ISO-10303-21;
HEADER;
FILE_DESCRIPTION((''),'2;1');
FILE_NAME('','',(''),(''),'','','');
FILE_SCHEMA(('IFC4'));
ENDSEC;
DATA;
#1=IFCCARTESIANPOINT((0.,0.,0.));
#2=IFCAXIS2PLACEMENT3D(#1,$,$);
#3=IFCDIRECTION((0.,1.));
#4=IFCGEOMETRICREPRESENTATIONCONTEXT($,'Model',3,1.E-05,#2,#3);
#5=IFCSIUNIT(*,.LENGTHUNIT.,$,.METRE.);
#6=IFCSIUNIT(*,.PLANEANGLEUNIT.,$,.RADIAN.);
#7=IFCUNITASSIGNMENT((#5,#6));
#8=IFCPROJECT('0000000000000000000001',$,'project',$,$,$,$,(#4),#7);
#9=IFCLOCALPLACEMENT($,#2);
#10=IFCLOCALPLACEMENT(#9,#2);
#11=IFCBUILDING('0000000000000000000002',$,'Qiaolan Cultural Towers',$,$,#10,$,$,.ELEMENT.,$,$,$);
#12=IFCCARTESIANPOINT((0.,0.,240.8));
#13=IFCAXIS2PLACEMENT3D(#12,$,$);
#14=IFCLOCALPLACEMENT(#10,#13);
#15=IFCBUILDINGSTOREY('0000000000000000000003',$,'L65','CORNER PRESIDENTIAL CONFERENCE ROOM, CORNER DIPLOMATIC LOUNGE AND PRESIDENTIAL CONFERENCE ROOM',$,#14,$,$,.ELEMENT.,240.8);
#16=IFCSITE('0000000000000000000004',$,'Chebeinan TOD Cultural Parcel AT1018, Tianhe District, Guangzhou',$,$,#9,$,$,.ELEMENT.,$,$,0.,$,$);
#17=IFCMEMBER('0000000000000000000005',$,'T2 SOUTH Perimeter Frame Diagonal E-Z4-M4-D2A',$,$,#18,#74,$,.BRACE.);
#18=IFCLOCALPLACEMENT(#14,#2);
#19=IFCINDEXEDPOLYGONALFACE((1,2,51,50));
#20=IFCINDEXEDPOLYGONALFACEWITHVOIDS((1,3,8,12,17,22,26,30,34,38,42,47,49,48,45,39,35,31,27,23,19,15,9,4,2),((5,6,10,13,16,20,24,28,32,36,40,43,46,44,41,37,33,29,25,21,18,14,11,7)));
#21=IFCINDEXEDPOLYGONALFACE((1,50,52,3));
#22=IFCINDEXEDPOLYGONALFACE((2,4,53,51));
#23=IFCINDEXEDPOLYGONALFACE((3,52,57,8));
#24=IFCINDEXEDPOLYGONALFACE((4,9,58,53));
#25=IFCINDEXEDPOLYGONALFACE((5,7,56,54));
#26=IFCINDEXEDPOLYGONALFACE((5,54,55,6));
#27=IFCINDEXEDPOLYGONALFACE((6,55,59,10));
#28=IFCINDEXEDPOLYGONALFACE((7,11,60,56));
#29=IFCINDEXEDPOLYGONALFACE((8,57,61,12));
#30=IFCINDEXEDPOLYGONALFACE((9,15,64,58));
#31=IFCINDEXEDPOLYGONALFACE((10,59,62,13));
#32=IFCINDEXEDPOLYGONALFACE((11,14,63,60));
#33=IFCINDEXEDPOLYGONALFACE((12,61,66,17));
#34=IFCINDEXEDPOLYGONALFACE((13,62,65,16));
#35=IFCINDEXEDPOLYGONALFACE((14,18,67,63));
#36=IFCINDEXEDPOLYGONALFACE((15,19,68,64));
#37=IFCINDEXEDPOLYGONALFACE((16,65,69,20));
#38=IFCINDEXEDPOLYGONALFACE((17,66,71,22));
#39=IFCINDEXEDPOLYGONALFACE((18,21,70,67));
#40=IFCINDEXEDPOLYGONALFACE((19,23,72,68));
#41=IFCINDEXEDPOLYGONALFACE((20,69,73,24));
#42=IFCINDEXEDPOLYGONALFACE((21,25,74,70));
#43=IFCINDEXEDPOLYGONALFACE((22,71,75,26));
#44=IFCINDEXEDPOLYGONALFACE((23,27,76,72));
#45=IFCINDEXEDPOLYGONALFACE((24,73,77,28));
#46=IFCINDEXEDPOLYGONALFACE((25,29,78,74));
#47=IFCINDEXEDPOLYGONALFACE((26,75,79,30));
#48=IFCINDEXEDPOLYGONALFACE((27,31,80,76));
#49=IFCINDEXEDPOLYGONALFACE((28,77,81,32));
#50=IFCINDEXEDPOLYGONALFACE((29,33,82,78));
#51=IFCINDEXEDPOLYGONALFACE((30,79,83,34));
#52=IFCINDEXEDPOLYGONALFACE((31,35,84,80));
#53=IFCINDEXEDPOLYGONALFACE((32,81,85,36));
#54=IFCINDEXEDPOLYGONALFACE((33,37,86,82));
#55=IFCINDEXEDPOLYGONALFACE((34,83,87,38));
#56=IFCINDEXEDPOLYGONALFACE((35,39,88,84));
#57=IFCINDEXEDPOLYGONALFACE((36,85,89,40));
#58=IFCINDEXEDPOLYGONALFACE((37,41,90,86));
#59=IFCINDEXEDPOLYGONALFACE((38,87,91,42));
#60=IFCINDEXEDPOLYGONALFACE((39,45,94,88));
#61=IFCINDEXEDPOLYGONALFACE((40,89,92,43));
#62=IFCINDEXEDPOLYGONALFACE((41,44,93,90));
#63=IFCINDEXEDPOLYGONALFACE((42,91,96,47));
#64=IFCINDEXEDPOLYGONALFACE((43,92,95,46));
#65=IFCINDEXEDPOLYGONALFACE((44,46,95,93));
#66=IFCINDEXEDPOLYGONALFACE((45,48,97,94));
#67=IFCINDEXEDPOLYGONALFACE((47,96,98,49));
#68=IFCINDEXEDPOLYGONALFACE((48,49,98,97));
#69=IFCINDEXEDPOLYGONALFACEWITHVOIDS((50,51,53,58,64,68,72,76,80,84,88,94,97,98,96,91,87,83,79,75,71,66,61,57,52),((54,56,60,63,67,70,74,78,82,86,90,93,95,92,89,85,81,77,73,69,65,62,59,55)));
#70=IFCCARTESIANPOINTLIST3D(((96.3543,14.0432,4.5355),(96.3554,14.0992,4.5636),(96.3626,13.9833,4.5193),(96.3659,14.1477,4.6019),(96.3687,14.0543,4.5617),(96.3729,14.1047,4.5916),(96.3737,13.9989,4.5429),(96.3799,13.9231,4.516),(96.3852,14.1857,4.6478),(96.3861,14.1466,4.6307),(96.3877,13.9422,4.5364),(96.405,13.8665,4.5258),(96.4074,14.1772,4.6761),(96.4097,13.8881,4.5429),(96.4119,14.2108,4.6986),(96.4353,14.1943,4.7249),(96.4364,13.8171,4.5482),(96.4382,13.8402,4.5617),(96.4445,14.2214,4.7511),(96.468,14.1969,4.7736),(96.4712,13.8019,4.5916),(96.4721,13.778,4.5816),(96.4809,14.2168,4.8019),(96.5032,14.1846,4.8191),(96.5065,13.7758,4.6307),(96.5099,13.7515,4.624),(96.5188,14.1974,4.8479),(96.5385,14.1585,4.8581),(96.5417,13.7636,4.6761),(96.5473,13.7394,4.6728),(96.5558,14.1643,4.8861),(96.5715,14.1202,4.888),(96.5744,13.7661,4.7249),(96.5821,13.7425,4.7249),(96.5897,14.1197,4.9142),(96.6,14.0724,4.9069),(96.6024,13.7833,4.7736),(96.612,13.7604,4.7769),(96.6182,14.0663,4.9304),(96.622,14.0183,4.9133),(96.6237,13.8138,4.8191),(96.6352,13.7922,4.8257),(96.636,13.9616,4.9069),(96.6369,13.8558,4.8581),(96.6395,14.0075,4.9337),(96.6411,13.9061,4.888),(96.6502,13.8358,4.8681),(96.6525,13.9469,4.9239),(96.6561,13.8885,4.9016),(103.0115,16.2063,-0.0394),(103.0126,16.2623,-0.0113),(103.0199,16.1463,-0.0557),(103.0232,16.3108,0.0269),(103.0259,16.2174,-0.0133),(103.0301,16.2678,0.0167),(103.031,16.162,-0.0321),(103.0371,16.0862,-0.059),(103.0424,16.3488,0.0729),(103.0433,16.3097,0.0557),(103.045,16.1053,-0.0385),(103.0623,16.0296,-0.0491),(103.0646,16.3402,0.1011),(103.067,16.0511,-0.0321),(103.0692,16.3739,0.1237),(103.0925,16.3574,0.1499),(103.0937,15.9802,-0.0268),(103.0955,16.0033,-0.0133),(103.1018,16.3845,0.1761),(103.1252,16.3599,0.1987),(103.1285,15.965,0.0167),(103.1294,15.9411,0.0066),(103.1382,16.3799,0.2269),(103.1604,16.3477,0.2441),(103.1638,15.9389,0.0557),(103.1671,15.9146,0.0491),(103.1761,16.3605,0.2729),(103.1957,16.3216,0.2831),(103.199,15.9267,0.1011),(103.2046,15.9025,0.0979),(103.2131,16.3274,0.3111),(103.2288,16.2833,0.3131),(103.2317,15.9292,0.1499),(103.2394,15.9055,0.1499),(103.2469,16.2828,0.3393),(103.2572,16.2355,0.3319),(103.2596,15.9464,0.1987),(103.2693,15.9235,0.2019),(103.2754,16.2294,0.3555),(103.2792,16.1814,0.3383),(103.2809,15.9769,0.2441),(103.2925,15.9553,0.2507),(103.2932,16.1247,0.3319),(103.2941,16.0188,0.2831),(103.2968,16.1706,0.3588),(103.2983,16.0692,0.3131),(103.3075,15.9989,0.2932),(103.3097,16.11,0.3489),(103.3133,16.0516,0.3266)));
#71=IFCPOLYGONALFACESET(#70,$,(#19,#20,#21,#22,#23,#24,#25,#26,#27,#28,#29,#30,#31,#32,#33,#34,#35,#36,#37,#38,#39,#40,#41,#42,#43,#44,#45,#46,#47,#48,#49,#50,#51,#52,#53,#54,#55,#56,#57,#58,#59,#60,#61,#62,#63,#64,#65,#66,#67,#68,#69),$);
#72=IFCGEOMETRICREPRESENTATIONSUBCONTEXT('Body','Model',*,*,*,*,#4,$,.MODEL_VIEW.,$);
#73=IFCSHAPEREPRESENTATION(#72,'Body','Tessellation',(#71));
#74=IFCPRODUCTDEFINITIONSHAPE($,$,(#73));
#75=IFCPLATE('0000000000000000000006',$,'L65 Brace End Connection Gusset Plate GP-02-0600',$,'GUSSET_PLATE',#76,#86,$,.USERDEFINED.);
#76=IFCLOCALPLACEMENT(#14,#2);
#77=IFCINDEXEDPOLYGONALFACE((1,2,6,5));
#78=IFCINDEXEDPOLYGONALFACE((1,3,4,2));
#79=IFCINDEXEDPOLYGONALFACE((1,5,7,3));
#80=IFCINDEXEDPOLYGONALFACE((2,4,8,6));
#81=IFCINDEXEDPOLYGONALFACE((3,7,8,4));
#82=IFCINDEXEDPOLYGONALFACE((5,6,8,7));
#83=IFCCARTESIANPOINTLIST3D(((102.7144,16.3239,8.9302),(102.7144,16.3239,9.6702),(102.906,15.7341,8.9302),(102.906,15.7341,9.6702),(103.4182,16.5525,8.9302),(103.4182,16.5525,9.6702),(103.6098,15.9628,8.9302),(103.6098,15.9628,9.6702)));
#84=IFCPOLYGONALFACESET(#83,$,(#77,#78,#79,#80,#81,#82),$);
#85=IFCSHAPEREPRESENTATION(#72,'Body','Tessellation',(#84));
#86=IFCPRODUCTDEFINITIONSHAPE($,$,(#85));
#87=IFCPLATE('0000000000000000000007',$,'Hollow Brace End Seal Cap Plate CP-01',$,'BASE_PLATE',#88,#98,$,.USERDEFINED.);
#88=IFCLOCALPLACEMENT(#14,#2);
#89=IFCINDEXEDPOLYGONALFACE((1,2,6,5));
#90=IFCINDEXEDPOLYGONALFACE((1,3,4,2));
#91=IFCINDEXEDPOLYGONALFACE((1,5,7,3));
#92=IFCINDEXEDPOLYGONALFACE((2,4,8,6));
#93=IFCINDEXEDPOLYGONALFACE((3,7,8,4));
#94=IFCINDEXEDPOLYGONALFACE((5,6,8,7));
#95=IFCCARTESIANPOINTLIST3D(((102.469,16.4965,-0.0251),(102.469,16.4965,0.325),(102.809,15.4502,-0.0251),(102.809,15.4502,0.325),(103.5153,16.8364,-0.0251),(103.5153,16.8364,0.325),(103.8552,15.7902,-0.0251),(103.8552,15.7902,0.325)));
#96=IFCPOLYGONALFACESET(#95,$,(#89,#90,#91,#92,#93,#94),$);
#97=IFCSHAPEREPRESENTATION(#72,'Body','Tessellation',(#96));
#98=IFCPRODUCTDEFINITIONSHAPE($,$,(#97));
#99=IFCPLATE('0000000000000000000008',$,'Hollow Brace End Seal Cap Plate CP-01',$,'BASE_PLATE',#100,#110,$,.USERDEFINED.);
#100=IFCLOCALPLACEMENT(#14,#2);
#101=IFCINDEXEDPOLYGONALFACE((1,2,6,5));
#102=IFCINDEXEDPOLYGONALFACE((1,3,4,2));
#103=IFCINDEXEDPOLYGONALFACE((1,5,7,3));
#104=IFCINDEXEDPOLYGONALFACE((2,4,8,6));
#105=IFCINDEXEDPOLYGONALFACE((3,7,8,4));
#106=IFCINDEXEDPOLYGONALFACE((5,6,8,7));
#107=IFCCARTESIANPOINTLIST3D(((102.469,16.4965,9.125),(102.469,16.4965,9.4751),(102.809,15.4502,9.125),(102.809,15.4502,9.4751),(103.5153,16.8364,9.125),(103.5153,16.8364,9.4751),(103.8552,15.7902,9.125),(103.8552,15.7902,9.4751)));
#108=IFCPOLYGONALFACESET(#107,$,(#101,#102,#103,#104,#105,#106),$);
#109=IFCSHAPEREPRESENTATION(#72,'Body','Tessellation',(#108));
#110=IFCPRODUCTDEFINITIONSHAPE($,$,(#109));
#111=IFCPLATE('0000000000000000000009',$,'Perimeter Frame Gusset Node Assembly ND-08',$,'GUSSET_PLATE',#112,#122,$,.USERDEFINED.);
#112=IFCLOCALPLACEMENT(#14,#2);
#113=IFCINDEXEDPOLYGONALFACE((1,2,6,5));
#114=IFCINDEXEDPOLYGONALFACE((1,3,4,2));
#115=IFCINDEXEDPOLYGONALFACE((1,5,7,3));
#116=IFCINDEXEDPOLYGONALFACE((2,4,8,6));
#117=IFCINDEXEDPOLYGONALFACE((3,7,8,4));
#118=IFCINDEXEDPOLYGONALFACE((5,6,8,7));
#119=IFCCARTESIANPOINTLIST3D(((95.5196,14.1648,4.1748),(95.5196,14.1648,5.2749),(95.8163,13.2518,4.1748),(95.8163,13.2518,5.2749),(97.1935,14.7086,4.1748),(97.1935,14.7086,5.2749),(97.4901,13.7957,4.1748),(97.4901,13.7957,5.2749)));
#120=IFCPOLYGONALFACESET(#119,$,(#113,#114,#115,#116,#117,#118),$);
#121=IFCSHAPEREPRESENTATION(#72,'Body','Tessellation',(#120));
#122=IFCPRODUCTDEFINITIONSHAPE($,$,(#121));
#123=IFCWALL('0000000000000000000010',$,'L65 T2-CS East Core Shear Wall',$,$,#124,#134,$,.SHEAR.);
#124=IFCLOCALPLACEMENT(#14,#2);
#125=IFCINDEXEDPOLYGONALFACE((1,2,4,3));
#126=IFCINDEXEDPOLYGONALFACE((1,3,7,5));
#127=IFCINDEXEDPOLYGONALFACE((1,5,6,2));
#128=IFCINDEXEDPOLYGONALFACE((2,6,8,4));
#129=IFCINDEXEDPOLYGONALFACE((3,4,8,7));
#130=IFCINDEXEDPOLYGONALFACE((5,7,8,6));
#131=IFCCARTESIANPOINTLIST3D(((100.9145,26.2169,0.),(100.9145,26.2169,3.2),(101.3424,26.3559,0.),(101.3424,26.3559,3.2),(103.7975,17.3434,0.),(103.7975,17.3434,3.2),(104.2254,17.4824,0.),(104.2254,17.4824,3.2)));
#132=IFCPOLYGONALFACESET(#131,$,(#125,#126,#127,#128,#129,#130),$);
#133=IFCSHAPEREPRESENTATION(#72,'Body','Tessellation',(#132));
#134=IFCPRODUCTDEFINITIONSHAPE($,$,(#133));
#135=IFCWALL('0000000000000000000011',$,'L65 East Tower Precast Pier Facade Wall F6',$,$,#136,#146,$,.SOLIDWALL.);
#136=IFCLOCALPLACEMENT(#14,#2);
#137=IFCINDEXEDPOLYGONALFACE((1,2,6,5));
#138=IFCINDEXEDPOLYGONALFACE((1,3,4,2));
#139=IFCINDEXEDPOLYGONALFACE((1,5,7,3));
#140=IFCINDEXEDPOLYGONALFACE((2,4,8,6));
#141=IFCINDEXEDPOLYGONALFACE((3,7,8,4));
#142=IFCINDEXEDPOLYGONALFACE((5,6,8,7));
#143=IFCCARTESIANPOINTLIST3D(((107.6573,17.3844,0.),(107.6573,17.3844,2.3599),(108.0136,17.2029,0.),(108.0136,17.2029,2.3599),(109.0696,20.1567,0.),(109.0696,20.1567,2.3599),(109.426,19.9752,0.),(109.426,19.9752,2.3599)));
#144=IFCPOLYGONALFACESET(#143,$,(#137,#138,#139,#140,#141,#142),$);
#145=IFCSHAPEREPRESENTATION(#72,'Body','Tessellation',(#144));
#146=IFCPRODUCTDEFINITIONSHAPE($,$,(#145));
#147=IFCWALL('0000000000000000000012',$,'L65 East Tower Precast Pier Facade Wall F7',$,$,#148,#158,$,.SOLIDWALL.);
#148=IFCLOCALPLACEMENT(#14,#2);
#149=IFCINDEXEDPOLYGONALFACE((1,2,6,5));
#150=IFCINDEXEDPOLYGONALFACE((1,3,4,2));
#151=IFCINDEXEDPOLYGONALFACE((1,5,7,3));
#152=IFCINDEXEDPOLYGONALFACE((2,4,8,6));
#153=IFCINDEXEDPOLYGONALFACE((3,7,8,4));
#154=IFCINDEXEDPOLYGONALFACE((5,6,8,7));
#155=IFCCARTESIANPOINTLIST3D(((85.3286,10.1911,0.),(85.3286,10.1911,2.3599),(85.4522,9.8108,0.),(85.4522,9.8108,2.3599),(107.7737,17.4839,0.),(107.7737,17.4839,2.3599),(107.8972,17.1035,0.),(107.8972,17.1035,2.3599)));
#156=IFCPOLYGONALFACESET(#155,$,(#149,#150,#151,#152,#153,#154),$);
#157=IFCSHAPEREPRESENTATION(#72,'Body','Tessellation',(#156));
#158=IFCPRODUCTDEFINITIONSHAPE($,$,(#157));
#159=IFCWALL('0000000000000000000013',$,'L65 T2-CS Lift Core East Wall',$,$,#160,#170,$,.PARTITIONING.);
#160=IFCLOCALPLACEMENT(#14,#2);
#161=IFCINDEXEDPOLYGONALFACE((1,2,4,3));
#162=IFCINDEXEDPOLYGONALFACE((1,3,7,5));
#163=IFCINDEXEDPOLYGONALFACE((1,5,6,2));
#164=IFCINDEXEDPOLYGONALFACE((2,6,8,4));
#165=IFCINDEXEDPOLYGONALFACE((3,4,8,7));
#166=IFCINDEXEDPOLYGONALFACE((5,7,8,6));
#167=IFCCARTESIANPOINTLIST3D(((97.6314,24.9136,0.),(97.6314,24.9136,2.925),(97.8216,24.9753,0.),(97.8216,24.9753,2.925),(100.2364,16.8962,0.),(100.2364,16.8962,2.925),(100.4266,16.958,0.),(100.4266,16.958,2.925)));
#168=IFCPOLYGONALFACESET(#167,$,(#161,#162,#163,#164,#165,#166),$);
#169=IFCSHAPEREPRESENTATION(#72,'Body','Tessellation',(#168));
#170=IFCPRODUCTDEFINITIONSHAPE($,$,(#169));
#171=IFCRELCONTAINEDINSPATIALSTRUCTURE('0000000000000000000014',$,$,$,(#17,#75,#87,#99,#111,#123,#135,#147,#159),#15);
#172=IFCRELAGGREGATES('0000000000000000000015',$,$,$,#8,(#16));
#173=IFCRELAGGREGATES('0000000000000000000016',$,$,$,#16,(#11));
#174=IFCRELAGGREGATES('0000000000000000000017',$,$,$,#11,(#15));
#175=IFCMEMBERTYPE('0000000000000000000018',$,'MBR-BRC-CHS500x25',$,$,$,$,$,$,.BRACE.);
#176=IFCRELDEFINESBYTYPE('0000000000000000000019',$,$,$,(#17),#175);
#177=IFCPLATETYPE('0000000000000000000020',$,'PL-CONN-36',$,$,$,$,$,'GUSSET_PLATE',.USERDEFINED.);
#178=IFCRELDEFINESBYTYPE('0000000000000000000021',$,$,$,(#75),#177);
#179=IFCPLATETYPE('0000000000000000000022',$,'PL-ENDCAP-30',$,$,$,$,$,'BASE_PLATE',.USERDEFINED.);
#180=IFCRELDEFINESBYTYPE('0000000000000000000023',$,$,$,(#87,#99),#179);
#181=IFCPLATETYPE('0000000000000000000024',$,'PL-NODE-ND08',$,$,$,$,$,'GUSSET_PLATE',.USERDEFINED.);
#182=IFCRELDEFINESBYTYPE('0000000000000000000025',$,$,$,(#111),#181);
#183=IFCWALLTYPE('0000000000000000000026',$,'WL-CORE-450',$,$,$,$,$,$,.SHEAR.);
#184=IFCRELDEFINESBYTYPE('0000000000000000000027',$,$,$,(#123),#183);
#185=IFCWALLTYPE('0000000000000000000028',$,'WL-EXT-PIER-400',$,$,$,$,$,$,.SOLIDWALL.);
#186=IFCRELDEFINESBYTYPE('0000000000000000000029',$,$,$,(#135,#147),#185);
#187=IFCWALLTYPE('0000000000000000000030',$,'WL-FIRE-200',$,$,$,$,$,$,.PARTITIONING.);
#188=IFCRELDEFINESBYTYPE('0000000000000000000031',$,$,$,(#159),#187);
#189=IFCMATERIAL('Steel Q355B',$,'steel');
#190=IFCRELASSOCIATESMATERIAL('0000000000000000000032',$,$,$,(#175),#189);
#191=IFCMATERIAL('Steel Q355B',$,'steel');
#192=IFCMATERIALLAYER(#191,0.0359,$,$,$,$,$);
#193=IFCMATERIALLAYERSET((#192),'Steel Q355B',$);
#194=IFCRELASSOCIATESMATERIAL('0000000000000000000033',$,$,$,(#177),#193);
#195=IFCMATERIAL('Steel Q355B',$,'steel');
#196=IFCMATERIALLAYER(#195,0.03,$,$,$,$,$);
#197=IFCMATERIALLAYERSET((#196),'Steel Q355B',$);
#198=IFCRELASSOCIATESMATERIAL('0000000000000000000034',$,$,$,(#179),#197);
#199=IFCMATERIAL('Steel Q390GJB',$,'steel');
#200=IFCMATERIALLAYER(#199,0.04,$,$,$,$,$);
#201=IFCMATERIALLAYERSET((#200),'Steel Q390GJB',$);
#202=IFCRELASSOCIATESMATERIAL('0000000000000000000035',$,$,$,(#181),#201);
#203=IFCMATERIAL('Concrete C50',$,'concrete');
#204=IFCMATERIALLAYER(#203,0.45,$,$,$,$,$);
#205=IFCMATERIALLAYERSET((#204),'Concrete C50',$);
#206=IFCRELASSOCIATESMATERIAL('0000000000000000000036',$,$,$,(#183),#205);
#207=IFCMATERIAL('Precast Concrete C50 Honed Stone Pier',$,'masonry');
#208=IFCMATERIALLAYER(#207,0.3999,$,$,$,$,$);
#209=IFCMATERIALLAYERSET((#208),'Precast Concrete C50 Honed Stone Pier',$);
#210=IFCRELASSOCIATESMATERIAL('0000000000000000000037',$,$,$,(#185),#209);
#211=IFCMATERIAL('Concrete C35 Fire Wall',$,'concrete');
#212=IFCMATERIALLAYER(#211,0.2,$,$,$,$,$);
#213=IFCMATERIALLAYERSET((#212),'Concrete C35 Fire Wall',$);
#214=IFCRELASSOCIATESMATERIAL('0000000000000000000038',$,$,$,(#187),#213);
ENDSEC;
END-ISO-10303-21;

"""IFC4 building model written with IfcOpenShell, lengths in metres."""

from ifc_helpers import new_model, si_unit, direction, frame, frame_2d, origin, origin_2d, place, context, subcontext, project, spatial, rectangle, hollow_circle, extrude, material, layer, layer_set, material_profile, profile_set, type_object, element, save


model = new_model("IFC4")

# Units and contexts
model_context = context("Model", 3, precision=1e-05, world=origin(), true_north=direction((0.0, 1.0)))
body_context = subcontext(model_context, "Body", "Model", "MODEL_VIEW")
ifc_project = project(units=[si_unit("LENGTHUNIT", "METRE"), si_unit("PLANEANGLEUNIT", "RADIAN")], contexts=[model_context])

# Site, building, storey
site_placement = place(None, origin())
site = spatial("IfcSite", under=ifc_project, at=site_placement, Name="Chebeinan TOD Cultural Parcel AT1018, Tianhe District, Guangzhou", CompositionType="ELEMENT", RefElevation=0.0)
building_placement = place(site_placement, origin())
building = spatial("IfcBuilding", under=site, at=building_placement, Name="Qiaolan Cultural Towers", CompositionType="ELEMENT")
storey_placement = place(building_placement, frame((0.0, 0.0, 240.8)))
storey = spatial("IfcBuildingStorey", under=building, at=storey_placement, Name="L65", Description="CORNER PRESIDENTIAL CONFERENCE ROOM, CORNER DIPLOMATIC LOUNGE AND PRESIDENTIAL CONFERENCE ROOM", CompositionType="ELEMENT", Elevation=240.8)

# Member
ifc_material_1 = material(Name="Steel Q355B", Category="steel")
ifc_material_profile_1 = material_profile(ifc_material_1, hollow_circle(Radius=0.25, WallThickness=0.0249, at=origin_2d()), Name="CHS500x25")
ifc_profile_set_1 = profile_set([ifc_material_profile_1], Name="Steel Q355B")
member_type = type_object("IfcMemberType", Name="MBR-BRC-CHS500x25", PredefinedType="BRACE", material=ifc_profile_set_1)
member_placement = place(storey_placement, frame((103.1621, 16.1433, 0.1499), z_axis=(-0.796102, -0.258672, 0.547094), x_axis=(0.30902, -0.951056, 0.0)))
element("IfcMember", 1, at=member_placement, inside=storey, type_object=member_type, Name="T2 SOUTH Perimeter Frame Diagonal E-Z4-M4-D2A", PredefinedType="BRACE", context=body_context, shape_type="SweptSolid", body=[
    extrude(hollow_circle(Radius=0.25, WallThickness=0.0249, at=origin_2d()), origin(), (0.0, 0.0, 1.0), 8.3623),
])

# Plates
ifc_material_2 = material(Name="Steel Q355B", Category="steel")
ifc_layer_1 = layer(ifc_material_2, 0.0359)
ifc_layer_set_1 = layer_set([ifc_layer_1], Name="Steel Q355B")
plate_type_1 = type_object("IfcPlateType", Name="PL-CONN-36", ElementType="GUSSET_PLATE", PredefinedType="USERDEFINED", material=ifc_layer_set_1)
plate_1_placement = place(storey_placement, frame((103.1621, 16.1433, 8.9302), z_axis=(0.0, 0.0, 1.0), x_axis=(0.951057, 0.309017, 0.0)))
element("IfcPlate", 2, at=plate_1_placement, inside=storey, type_object=plate_type_1, Name="L65 Brace End Connection Gusset Plate GP-02-0600", ObjectType="GUSSET_PLATE", PredefinedType="USERDEFINED", context=body_context, shape_type="SweptSolid", body=[
    extrude(rectangle(XDim=0.74, YDim=0.6201, at=origin_2d()), origin(), (0.0, 0.0, 1.0), 0.74),
])
ifc_material_3 = material(Name="Steel Q355B", Category="steel")
ifc_layer_2 = layer(ifc_material_3, 0.03)
ifc_layer_set_2 = layer_set([ifc_layer_2], Name="Steel Q355B")
plate_type_2 = type_object("IfcPlateType", Name="PL-ENDCAP-30", ElementType="BASE_PLATE", PredefinedType="USERDEFINED", material=ifc_layer_set_2)
for number, where, z_axis, x_axis, name in (
    (3, (103.1621, 16.1433, -0.0251), (0.0, 0.0, 1.0), (0.951057, 0.309017, 0.0), "Hollow Brace End Seal Cap Plate CP-01"),
    (4, (103.1621, 16.1433, 9.125), (0.0, 0.0, 1.0), (0.951057, 0.309017, 0.0), "Hollow Brace End Seal Cap Plate CP-01"),
):
    element("IfcPlate", number, at=place(storey_placement, frame(where, z_axis=z_axis, x_axis=x_axis)), inside=storey, type_object=plate_type_2, Name=name, ObjectType="BASE_PLATE", PredefinedType="USERDEFINED", context=body_context, shape_type="SweptSolid", body=[
        extrude(rectangle(XDim=1.1001, YDim=1.1001, at=origin_2d()), origin(), (0.0, 0.0, 1.0), 0.3501),
    ])
ifc_material_4 = material(Name="Steel Q390GJB", Category="steel")
ifc_layer_3 = layer(ifc_material_4, 0.04)
ifc_layer_set_3 = layer_set([ifc_layer_3], Name="Steel Q390GJB")
plate_type_3 = type_object("IfcPlateType", Name="PL-NODE-ND08", ElementType="GUSSET_PLATE", PredefinedType="USERDEFINED", material=ifc_layer_set_3)
plate_2_placement = place(storey_placement, frame((96.5049, 13.9802, 4.1748), z_axis=(0.0, 0.0, 1.0), x_axis=(0.951057, 0.309017, 0.0)))
element("IfcPlate", 5, at=plate_2_placement, inside=storey, type_object=plate_type_3, Name="Perimeter Frame Gusset Node Assembly ND-08", ObjectType="GUSSET_PLATE", PredefinedType="USERDEFINED", context=body_context, shape_type="SweptSolid", body=[
    extrude(rectangle(XDim=1.76, YDim=0.96, at=origin_2d()), origin(), (0.0, 0.0, 1.0), 1.1001),
])

# Walls
ifc_material_5 = material(Name="Concrete C50", Category="concrete")
ifc_layer_4 = layer(ifc_material_5, 0.45)
ifc_layer_set_4 = layer_set([ifc_layer_4], Name="Concrete C50")
wall_type_1 = type_object("IfcWallType", Name="WL-CORE-450", PredefinedType="SHEAR", material=ifc_layer_set_4)
wall_1_placement = place(storey_placement, frame((101.1284, 26.2864, 0.0), z_axis=(0.0, 0.0, 1.0), x_axis=(0.309004, -0.951061, 0.0)))
element("IfcWall", 6, at=wall_1_placement, inside=storey, type_object=wall_type_1, Name="L65 T2-CS East Core Shear Wall", PredefinedType="SHEAR", context=body_context, shape_type="SweptSolid", body=[
    extrude(rectangle(XDim=9.3301, YDim=0.45, at=frame_2d((4.665, 0.0))), origin(), (0.0, 0.0, 1.0), 3.2),
])
ifc_material_6 = material(Name="Precast Concrete C50 Honed Stone Pier", Category="masonry")
ifc_layer_5 = layer(ifc_material_6, 0.3999)
ifc_layer_set_5 = layer_set([ifc_layer_5], Name="Precast Concrete C50 Honed Stone Pier")
wall_type_2 = type_object("IfcWallType", Name="WL-EXT-PIER-400", PredefinedType="SOLIDWALL", material=ifc_layer_set_5)
wall_2_placement = place(storey_placement, frame((109.2478, 20.0659, 0.0), z_axis=(0.0, 0.0, 1.0), x_axis=(-0.453949, -0.891028, 0.0)))
element("IfcWall", 7, at=wall_2_placement, inside=storey, type_object=wall_type_2, Name="L65 East Tower Precast Pier Facade Wall F6", PredefinedType="SOLIDWALL", context=body_context, shape_type="SweptSolid", body=[
    extrude(rectangle(XDim=3.1113, YDim=0.3999, at=frame_2d((1.5557, 0.0))), origin(), (0.0, 0.0, 1.0), 2.3599),
])
wall_3_placement = place(storey_placement, frame((107.8354, 17.2937, 0.0), z_axis=(0.0, 0.0, 1.0), x_axis=(-0.951058, -0.309012, 0.0)))
element("IfcWall", 8, at=wall_3_placement, inside=storey, type_object=wall_type_2, Name="L65 East Tower Precast Pier Facade Wall F7", PredefinedType="SOLIDWALL", context=body_context, shape_type="SweptSolid", body=[
    extrude(rectangle(XDim=23.6001, YDim=0.3999, at=frame_2d((11.8, 0.0))), origin(), (0.0, 0.0, 1.0), 2.3599),
])
ifc_material_7 = material(Name="Concrete C35 Fire Wall", Category="concrete")
ifc_layer_6 = layer(ifc_material_7, 0.2)
ifc_layer_set_6 = layer_set([ifc_layer_6], Name="Concrete C35 Fire Wall")
wall_type_3 = type_object("IfcWallType", Name="WL-FIRE-200", PredefinedType="PARTITIONING", material=ifc_layer_set_6)
wall_4_placement = place(storey_placement, frame((97.7266, 24.9443, 0.0), z_axis=(0.0, 0.0, 1.0), x_axis=(0.309016, -0.951057, 0.0)))
element("IfcWall", 9, at=wall_4_placement, inside=storey, type_object=wall_type_3, Name="L65 T2-CS Lift Core East Wall", PredefinedType="PARTITIONING", context=body_context, shape_type="SweptSolid", body=[
    extrude(rectangle(XDim=8.4299, YDim=0.2, at=frame_2d((4.2148, 0.0))), origin(), (0.0, 0.0, 1.0), 2.925),
])

save(model, "model.ifc")
